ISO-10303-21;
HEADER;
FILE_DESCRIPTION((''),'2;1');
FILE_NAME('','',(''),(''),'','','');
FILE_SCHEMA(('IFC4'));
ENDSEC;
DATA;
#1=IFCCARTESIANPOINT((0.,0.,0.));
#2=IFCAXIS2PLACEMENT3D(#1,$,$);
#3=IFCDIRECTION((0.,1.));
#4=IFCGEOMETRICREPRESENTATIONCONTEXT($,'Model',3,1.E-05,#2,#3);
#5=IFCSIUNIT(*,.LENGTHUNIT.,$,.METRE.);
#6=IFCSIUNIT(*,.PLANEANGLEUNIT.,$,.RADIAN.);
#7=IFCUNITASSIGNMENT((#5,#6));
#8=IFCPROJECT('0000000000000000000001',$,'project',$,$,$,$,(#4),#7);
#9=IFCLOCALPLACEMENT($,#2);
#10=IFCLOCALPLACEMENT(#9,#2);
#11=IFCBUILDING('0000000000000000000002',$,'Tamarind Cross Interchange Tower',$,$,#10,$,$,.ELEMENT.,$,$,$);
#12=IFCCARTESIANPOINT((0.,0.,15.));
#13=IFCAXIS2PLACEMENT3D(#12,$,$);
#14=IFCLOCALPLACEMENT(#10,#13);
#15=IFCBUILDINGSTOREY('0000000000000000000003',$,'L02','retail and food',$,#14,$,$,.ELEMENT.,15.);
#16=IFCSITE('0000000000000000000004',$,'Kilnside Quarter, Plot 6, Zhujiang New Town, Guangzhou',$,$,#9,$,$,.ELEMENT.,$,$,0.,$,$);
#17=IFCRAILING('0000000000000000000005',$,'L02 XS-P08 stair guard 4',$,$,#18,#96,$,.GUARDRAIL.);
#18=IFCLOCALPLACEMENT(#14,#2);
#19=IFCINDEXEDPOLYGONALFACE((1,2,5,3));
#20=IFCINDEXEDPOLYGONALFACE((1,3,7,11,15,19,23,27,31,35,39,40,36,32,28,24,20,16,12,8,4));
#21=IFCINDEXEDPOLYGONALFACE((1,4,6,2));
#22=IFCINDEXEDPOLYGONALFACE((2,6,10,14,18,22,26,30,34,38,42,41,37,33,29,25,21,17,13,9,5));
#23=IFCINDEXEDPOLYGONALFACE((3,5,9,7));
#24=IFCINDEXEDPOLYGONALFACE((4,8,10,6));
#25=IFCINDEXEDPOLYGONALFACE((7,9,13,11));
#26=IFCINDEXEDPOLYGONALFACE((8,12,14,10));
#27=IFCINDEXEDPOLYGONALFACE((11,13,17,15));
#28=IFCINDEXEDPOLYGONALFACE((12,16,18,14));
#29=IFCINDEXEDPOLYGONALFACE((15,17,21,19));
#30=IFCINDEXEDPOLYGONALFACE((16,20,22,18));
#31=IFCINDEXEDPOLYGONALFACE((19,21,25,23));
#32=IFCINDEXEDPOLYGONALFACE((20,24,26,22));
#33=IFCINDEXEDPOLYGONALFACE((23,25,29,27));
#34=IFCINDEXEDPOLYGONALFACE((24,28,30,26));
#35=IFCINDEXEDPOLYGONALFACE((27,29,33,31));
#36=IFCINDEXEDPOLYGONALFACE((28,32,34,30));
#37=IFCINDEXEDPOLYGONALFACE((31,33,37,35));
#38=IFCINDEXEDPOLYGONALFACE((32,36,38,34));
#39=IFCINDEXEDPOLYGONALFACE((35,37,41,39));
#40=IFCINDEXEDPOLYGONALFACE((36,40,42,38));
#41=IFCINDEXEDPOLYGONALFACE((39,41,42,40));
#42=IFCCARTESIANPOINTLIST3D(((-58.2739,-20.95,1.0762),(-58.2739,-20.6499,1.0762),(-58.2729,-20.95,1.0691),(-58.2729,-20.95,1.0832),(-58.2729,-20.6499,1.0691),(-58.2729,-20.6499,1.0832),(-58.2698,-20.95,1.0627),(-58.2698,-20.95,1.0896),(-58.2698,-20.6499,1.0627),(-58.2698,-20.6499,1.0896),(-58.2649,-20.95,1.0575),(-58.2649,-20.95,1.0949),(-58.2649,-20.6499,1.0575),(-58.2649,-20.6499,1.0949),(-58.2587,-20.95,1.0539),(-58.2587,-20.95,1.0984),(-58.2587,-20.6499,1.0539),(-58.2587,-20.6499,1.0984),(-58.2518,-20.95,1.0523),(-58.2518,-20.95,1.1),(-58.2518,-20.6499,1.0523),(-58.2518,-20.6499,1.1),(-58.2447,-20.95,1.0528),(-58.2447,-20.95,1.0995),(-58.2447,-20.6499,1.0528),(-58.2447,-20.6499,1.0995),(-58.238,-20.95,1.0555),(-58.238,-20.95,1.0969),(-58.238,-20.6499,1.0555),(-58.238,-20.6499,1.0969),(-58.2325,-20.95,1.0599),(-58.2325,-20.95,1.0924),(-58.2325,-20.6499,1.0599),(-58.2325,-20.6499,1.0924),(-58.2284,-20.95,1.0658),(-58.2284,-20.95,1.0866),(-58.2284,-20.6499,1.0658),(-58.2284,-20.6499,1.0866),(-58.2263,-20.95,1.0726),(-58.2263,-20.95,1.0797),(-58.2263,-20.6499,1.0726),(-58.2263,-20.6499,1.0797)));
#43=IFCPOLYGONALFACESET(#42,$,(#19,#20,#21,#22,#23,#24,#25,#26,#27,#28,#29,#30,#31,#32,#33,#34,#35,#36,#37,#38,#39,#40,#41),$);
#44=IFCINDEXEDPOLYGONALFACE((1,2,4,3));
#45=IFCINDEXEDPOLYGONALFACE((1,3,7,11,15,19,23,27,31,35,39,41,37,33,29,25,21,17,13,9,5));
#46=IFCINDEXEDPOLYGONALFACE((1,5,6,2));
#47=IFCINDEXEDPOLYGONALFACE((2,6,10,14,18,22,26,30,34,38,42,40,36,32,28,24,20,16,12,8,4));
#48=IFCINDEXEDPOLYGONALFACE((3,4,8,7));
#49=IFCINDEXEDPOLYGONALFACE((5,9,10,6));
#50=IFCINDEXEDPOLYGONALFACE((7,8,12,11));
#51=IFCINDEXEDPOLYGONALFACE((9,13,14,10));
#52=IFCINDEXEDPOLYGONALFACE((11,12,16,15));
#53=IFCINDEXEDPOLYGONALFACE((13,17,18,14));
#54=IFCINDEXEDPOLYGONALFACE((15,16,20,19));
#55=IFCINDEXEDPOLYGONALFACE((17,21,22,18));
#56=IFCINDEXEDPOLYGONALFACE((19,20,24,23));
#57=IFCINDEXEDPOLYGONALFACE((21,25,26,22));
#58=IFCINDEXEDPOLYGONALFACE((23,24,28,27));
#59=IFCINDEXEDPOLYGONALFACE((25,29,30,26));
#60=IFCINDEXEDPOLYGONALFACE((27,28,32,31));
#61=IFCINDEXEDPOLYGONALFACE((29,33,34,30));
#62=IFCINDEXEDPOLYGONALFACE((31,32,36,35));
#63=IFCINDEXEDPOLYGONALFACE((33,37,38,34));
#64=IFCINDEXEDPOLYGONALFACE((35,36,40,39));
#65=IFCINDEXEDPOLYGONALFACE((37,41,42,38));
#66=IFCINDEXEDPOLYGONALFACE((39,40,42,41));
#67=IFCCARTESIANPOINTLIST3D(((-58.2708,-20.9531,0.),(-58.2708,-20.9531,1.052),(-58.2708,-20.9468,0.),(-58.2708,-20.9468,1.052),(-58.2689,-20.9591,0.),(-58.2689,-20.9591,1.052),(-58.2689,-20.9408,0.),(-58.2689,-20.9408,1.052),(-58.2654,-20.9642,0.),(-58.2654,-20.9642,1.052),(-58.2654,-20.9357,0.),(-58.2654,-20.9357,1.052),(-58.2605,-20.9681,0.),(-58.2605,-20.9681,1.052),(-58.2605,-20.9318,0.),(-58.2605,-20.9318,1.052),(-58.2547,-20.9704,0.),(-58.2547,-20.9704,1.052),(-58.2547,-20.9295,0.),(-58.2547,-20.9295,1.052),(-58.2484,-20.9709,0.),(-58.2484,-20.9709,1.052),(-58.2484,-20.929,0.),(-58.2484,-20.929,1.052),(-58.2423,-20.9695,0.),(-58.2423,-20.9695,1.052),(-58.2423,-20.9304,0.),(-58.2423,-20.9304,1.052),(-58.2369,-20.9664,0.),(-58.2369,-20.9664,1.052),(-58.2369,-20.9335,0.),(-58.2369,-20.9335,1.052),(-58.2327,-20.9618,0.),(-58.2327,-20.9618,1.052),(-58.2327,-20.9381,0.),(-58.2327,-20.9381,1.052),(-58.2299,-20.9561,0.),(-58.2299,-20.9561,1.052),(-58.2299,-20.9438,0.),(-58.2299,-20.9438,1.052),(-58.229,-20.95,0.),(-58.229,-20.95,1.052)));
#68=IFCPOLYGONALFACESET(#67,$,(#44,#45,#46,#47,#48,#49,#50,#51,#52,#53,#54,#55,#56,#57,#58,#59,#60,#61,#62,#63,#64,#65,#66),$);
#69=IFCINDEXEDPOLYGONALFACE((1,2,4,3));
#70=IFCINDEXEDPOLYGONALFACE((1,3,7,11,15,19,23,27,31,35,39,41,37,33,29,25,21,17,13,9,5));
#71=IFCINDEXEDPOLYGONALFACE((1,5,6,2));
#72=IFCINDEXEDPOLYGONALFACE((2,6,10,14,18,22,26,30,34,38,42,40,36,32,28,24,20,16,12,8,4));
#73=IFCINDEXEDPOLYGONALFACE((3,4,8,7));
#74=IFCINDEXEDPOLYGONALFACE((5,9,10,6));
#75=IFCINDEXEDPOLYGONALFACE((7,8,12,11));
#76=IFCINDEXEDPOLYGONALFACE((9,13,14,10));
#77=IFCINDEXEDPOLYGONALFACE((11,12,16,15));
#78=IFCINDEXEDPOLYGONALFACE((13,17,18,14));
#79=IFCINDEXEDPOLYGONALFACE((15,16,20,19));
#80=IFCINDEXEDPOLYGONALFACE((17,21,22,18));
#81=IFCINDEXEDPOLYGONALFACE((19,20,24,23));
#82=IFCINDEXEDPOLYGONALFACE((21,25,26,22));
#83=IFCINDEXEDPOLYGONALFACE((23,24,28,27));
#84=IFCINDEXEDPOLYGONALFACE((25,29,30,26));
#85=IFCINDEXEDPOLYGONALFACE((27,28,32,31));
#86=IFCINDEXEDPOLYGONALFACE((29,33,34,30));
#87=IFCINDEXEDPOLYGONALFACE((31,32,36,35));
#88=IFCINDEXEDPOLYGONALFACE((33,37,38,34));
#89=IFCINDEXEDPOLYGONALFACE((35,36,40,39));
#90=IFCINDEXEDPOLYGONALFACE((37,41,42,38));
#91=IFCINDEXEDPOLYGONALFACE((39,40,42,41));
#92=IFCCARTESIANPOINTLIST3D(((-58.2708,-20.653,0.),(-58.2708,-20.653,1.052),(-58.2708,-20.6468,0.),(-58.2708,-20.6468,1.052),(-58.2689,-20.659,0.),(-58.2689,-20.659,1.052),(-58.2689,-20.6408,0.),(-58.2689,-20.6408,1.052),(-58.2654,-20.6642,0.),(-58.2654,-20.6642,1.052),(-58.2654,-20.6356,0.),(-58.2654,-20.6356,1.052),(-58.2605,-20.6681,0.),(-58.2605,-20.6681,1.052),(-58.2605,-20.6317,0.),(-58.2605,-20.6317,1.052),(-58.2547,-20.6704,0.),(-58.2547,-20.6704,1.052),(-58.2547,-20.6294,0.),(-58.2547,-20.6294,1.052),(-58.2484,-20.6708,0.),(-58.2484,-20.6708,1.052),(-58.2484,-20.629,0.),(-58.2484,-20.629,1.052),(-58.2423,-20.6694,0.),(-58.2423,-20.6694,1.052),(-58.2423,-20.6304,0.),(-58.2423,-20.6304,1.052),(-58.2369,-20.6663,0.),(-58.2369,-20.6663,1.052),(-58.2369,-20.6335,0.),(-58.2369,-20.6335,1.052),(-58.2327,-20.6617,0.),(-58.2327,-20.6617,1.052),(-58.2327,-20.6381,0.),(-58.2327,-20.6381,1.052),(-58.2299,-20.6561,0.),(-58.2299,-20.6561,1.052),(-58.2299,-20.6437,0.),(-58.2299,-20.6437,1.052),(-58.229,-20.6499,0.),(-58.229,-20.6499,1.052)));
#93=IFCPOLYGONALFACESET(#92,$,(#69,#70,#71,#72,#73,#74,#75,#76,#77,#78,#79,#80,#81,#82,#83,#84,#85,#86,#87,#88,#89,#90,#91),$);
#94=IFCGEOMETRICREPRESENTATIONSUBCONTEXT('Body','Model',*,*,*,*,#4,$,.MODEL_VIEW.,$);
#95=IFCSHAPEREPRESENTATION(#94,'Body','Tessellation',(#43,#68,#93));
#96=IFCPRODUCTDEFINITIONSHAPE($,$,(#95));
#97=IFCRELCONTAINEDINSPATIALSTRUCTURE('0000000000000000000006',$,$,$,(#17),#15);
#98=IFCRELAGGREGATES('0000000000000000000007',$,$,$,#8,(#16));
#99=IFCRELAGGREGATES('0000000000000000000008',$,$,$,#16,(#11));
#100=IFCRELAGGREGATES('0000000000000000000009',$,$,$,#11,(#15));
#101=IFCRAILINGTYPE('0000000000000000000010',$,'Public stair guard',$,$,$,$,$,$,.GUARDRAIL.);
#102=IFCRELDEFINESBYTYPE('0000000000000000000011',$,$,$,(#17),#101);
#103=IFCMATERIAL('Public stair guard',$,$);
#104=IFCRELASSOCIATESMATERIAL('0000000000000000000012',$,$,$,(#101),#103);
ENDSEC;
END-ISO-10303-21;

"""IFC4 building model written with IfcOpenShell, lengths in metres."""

from ifc_helpers import new_model, si_unit, direction, frame, origin, origin_2d, place, context, subcontext, project, spatial, circle, extrude, material, type_object, element, save


model = new_model("IFC4")

# Units and contexts
model_context = context("Model", 3, precision=1e-05, world=origin(), true_north=direction((0.0, 1.0)))
body_context = subcontext(model_context, "Body", "Model", "MODEL_VIEW")
ifc_project = project(units=[si_unit("LENGTHUNIT", "METRE"), si_unit("PLANEANGLEUNIT", "RADIAN")], contexts=[model_context])

# Site, building, storey
site_placement = place(None, origin())
site = spatial("IfcSite", under=ifc_project, at=site_placement, Name="Kilnside Quarter, Plot 6, Zhujiang New Town, Guangzhou", CompositionType="ELEMENT", RefElevation=0.0)
building_placement = place(site_placement, origin())
building = spatial("IfcBuilding", under=site, at=building_placement, Name="Tamarind Cross Interchange Tower", CompositionType="ELEMENT")
storey_placement = place(building_placement, frame((0.0, 0.0, 15.0)))
storey = spatial("IfcBuildingStorey", under=building, at=storey_placement, Name="L02", Description="retail and food", CompositionType="ELEMENT", Elevation=15.0)

# Railing
ifc_material_1 = material(Name="Public stair guard")
railing_type_1 = type_object("IfcRailingType", Name="Public stair guard", PredefinedType="GUARDRAIL", material=ifc_material_1)
railing_1_placement = place(storey_placement, frame((-58.25, -20.95, 0.0)))
element("IfcRailing", 1, at=railing_1_placement, inside=storey, type_object=railing_type_1, Name="L02 XS-P08 stair guard 4", PredefinedType="GUARDRAIL", context=body_context, shape_type="SweptSolid", body=[
    extrude(circle(Radius=0.0239, at=origin_2d()), frame((0.0, 0.0, 1.0762), z_axis=(0.0, 1.0, 0.0), x_axis=(-1.0, 0.0, 0.0)), (0.0, 0.0, 1.0), 0.3),
    extrude(circle(Radius=0.021, at=origin_2d()), origin(), (0.0, 0.0, 1.0), 1.052),
    extrude(circle(Radius=0.021, at=origin_2d()), frame((0.0, 0.3, 0.0)), (0.0, 0.0, 1.0), 1.052),
])

save(model, "model.ifc")
